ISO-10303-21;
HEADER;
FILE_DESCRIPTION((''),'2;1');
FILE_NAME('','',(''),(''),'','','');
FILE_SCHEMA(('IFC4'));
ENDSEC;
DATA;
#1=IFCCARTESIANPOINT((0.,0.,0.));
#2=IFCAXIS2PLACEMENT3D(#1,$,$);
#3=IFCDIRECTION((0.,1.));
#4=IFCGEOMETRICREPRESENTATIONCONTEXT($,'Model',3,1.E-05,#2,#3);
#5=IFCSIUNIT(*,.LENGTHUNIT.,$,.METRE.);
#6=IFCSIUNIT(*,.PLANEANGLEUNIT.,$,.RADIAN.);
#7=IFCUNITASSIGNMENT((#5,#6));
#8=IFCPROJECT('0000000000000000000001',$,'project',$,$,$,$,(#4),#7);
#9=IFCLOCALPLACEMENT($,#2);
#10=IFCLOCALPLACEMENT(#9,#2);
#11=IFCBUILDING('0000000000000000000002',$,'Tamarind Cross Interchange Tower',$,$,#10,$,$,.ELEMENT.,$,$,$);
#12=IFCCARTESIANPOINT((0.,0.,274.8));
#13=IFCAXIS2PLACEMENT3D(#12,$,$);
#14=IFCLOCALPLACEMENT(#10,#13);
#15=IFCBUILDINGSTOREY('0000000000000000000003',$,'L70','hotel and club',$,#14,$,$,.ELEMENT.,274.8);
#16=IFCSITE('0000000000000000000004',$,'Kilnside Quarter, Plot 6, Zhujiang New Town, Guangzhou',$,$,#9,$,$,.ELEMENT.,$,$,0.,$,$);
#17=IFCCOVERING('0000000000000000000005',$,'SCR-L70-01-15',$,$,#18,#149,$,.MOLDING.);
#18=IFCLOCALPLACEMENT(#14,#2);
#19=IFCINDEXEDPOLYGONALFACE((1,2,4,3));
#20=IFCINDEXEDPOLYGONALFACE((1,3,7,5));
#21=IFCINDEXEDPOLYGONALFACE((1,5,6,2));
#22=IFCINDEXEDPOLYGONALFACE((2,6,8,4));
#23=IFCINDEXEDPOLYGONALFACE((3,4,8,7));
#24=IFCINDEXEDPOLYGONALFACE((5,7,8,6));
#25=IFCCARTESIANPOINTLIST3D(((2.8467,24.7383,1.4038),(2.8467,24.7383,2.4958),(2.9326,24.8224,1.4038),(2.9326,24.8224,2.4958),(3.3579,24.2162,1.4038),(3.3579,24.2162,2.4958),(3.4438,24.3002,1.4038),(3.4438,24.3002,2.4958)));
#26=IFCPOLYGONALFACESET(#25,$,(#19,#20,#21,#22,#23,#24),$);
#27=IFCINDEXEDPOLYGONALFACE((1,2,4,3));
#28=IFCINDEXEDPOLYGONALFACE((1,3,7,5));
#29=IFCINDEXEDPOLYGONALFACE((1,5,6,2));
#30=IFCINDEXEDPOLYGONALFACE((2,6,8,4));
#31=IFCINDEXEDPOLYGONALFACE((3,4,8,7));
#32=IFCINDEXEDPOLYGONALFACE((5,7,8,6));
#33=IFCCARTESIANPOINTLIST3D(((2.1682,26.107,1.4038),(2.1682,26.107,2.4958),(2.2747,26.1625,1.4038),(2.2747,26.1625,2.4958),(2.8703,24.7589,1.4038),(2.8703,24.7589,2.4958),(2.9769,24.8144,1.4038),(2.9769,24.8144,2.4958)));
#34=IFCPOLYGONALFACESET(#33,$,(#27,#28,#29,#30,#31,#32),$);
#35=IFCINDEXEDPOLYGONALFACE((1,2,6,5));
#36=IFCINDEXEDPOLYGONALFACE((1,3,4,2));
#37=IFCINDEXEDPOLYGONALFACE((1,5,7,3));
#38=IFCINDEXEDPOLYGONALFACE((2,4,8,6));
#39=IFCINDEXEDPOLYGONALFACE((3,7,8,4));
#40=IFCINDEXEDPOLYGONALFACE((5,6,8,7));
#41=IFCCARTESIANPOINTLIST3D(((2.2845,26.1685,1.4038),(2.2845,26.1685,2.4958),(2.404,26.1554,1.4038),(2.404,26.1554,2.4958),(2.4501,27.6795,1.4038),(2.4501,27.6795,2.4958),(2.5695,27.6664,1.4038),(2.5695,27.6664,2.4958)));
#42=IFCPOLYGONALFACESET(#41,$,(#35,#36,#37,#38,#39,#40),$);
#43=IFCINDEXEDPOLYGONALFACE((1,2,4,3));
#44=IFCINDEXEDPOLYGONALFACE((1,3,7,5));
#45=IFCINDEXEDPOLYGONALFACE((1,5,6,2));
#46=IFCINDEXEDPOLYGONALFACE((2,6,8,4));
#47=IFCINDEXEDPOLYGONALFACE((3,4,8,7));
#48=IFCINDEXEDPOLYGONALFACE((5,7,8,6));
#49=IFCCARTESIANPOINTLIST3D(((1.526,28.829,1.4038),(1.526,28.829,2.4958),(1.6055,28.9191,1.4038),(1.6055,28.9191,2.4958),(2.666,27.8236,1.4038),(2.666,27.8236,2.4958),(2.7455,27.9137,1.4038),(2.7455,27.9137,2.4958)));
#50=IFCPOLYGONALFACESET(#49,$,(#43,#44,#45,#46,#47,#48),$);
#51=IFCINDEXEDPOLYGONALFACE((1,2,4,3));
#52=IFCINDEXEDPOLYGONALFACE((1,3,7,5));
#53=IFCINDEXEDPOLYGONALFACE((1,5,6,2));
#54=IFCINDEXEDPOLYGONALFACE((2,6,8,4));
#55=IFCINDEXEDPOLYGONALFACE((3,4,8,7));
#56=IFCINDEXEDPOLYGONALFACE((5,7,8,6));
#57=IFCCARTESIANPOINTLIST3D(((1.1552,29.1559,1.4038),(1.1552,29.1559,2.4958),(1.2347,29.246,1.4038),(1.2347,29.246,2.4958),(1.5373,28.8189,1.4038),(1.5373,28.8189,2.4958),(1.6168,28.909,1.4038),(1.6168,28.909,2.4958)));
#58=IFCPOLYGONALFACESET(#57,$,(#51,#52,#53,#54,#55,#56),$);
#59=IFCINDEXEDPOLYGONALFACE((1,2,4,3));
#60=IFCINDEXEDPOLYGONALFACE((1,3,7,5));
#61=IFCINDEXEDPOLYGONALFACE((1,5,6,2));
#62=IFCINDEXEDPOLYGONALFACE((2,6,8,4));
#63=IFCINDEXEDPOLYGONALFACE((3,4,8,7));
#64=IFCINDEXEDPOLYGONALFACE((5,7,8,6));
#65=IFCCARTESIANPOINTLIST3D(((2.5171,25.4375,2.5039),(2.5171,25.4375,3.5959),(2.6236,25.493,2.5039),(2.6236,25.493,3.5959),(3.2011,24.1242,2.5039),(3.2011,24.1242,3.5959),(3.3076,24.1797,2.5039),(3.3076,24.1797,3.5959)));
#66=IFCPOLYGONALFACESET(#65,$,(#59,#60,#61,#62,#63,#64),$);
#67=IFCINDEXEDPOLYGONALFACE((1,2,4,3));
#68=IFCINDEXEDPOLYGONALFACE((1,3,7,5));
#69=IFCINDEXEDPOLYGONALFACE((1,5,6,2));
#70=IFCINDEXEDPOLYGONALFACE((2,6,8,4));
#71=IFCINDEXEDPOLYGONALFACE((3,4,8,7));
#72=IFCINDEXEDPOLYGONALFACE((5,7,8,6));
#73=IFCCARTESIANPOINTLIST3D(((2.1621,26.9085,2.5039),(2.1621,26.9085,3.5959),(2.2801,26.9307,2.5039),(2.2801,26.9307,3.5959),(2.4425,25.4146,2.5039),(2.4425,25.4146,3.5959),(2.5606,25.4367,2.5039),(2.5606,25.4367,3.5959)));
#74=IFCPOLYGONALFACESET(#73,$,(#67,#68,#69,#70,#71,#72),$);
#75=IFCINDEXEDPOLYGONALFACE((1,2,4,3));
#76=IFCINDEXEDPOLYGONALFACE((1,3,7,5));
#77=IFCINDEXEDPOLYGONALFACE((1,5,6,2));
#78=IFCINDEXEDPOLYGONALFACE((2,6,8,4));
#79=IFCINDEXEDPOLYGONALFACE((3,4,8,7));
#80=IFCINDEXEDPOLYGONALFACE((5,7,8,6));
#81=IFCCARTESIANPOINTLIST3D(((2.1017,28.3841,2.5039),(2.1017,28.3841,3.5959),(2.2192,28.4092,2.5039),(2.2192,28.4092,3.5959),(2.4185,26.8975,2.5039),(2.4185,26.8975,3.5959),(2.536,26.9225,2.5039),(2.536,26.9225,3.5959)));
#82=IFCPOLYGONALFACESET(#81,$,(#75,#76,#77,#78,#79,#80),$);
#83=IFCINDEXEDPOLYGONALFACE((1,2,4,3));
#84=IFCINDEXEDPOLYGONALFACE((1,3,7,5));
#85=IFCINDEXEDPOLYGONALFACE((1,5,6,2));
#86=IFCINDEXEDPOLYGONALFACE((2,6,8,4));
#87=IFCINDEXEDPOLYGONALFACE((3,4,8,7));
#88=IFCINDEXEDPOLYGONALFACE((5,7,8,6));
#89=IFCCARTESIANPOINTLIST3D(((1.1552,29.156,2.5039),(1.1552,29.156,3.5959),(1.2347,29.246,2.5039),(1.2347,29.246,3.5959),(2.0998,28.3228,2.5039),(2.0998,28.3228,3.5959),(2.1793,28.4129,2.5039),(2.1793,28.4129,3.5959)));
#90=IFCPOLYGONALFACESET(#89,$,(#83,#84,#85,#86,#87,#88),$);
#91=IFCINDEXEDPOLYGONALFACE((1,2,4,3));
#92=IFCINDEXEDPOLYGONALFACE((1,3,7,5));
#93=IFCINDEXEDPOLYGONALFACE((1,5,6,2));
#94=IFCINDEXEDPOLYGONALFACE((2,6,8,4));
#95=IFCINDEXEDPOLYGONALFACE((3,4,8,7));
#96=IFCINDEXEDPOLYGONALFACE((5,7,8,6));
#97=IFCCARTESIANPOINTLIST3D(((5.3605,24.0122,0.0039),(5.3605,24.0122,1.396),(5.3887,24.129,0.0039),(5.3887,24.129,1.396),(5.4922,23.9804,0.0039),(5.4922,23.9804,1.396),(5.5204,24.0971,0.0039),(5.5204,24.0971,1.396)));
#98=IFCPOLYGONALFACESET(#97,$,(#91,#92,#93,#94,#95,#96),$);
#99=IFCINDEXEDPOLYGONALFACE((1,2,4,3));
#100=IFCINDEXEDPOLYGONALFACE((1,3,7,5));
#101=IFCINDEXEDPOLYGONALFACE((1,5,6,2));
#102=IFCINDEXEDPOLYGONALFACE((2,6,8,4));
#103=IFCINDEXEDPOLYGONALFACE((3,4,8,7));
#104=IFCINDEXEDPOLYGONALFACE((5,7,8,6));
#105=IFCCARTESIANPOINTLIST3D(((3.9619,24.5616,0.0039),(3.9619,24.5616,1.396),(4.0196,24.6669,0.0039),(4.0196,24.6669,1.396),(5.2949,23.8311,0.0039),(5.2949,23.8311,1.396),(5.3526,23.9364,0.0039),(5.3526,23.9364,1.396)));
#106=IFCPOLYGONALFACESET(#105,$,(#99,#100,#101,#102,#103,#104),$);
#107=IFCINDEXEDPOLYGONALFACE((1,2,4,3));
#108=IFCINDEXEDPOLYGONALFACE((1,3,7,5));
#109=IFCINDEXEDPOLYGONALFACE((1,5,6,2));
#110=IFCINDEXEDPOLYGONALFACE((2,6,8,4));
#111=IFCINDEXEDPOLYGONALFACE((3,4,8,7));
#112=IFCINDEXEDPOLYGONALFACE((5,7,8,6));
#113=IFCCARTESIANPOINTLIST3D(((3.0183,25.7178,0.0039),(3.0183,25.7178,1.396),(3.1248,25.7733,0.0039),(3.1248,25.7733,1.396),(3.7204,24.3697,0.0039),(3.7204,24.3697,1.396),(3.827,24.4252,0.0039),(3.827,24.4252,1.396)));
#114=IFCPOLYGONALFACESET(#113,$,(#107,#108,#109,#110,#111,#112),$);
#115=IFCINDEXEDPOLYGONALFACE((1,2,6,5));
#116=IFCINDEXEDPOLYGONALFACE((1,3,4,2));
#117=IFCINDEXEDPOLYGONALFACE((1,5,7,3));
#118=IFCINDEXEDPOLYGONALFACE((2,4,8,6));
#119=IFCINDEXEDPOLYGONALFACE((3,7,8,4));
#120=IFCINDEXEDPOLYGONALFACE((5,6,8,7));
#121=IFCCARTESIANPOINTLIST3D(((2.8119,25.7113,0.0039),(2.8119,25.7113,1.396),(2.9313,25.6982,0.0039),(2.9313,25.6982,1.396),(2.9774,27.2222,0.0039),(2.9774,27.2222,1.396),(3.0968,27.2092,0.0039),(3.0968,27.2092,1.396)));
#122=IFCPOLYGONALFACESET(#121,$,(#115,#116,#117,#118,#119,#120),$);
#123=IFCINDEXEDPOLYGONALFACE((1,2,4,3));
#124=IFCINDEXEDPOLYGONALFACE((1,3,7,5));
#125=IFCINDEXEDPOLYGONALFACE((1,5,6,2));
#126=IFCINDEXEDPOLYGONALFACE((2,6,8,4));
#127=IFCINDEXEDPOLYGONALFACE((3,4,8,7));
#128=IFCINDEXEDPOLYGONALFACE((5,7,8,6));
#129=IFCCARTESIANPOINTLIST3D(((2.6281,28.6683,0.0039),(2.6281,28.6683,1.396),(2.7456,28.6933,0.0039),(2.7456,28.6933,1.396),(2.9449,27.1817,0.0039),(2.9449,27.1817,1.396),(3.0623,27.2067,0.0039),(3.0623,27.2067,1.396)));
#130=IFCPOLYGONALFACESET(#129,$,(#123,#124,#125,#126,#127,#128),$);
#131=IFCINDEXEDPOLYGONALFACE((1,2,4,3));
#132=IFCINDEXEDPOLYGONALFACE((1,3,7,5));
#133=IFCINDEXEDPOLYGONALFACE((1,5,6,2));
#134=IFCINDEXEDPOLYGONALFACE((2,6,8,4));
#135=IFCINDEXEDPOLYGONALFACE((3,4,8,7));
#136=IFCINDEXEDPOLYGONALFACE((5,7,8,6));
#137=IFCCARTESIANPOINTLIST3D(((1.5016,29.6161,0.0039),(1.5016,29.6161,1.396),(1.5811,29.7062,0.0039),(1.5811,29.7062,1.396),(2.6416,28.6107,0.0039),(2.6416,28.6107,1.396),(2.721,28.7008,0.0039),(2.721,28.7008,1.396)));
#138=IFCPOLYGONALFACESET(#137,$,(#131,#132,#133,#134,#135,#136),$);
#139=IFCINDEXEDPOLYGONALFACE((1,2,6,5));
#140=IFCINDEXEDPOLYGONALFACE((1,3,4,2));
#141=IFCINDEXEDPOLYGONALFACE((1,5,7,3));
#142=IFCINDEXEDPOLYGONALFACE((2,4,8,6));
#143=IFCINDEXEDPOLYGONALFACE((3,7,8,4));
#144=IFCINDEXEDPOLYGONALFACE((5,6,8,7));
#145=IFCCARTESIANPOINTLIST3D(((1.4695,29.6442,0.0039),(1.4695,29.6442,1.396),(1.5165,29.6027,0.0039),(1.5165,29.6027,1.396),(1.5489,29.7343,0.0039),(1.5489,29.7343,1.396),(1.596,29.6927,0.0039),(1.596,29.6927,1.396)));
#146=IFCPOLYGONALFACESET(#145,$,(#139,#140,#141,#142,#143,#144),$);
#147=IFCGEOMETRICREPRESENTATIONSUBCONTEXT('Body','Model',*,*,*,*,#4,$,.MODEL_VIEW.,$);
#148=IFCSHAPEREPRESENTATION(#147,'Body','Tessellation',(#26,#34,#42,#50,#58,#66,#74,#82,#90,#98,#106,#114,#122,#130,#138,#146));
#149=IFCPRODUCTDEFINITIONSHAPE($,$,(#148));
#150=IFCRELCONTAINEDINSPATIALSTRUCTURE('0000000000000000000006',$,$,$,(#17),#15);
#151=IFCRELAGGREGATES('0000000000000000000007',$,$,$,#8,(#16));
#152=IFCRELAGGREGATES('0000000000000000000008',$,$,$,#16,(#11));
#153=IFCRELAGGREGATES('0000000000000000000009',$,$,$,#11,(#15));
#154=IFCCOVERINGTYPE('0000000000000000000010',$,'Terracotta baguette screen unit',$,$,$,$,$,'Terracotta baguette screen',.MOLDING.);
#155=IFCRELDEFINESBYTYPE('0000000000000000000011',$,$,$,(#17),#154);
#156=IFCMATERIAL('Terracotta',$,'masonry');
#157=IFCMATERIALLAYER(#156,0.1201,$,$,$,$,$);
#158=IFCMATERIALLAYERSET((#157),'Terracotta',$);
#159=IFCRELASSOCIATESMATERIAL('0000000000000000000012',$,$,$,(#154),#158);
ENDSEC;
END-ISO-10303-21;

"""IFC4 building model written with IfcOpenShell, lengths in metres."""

from ifc_helpers import new_model, si_unit, direction, frame, origin, origin_2d, place, context, subcontext, project, spatial, rectangle, extrude, material, layer, layer_set, type_object, element, save


model = new_model("IFC4")

# Units and contexts
model_context = context("Model", 3, precision=1e-05, world=origin(), true_north=direction((0.0, 1.0)))
body_context = subcontext(model_context, "Body", "Model", "MODEL_VIEW")
ifc_project = project(units=[si_unit("LENGTHUNIT", "METRE"), si_unit("PLANEANGLEUNIT", "RADIAN")], contexts=[model_context])

# Site, building, storey
site_placement = place(None, origin())
site = spatial("IfcSite", under=ifc_project, at=site_placement, Name="Kilnside Quarter, Plot 6, Zhujiang New Town, Guangzhou", CompositionType="ELEMENT", RefElevation=0.0)
building_placement = place(site_placement, origin())
building = spatial("IfcBuilding", under=site, at=building_placement, Name="Tamarind Cross Interchange Tower", CompositionType="ELEMENT")
storey_placement = place(building_placement, frame((0.0, 0.0, 274.8)))
storey = spatial("IfcBuildingStorey", under=building, at=storey_placement, Name="L70", Description="hotel and club", CompositionType="ELEMENT", Elevation=274.8)

# Covering
ifc_material_1 = material(Name="Terracotta", Category="masonry")
ifc_layer_1 = layer(ifc_material_1, 0.1201)
ifc_layer_set_1 = layer_set([ifc_layer_1], Name="Terracotta")
covering_type = type_object("IfcCoveringType", Name="Terracotta baguette screen unit", ElementType="Terracotta baguette screen", PredefinedType="MOLDING", material=ifc_layer_set_1)
covering_1_placement = place(storey_placement, origin())
element("IfcCovering", 1, at=covering_1_placement, inside=storey, type_object=covering_type, Name="SCR-L70-01-15", PredefinedType="MOLDING", context=body_context, shape_type="SweptSolid", body=[
    extrude(rectangle(XDim=0.7307, YDim=0.1201, at=origin_2d()), frame((3.1453, 24.5193, 1.4038), z_axis=(0.0, 0.0, 1.0), x_axis=(-0.699593, 0.714542, 0.0)), (0.0, 0.0, 1.0), 1.092),
    extrude(rectangle(XDim=1.52, YDim=0.1201, at=origin_2d()), frame((2.5725, 25.4607, 1.4038), z_axis=(0.0, 0.0, 1.0), x_axis=(-0.461943, 0.88691, 0.0)), (0.0, 0.0, 1.0), 1.092),
    extrude(rectangle(XDim=1.52, YDim=0.1201, at=origin_2d()), frame((2.427, 26.9175, 1.4038), z_axis=(0.0, 0.0, 1.0), x_axis=(0.108885, 0.994054, 0.0)), (0.0, 0.0, 1.0), 1.092),
    extrude(rectangle(XDim=1.52, YDim=0.1201, at=origin_2d()), frame((2.1357, 28.3713, 1.4038), z_axis=(0.0, 0.0, 1.0), x_axis=(-0.749968, 0.661474, 0.0)), (0.0, 0.0, 1.0), 1.092),
    extrude(rectangle(XDim=0.5095, YDim=0.1201, at=origin_2d()), frame((1.386, 29.0325, 1.4038), z_axis=(0.0, 0.0, 1.0), x_axis=(-0.749968, 0.661474, 0.0)), (0.0, 0.0, 1.0), 1.092),
    extrude(rectangle(XDim=1.4807, YDim=0.1201, at=origin_2d()), frame((2.9124, 24.8086, 2.5039), z_axis=(0.0, 0.0, 1.0), x_axis=(-0.461943, 0.88691, 0.0)), (0.0, 0.0, 1.0), 1.092),
    extrude(rectangle(XDim=1.52, YDim=0.1201, at=origin_2d()), frame((2.3613, 26.1726, 2.5039), z_axis=(0.0, 0.0, 1.0), x_axis=(-0.184479, 0.982836, 0.0)), (0.0, 0.0, 1.0), 1.092),
    extrude(rectangle(XDim=1.52, YDim=0.1201, at=origin_2d()), frame((2.3188, 27.6533, 2.5039), z_axis=(0.0, 0.0, 1.0), x_axis=(-0.208399, 0.978044, 0.0)), (0.0, 0.0, 1.0), 1.092),
    extrude(rectangle(XDim=1.2595, YDim=0.1201, at=origin_2d()), frame((1.6672, 28.7844, 2.5039), z_axis=(0.0, 0.0, 1.0), x_axis=(-0.749968, 0.661474, 0.0)), (0.0, 0.0, 1.0), 1.092),
    extrude(rectangle(XDim=0.1355, YDim=0.1201, at=origin_2d()), frame((5.4404, 24.0547, 0.0039), z_axis=(0.0, 0.0, 1.0), x_axis=(-0.971966, 0.235119, 0.0)), (0.0, 0.0, 1.0), 1.3921),
    extrude(rectangle(XDim=1.52, YDim=0.1201, at=origin_2d()), frame((4.6572, 24.249, 0.0039), z_axis=(0.0, 0.0, 1.0), x_axis=(-0.876946, 0.480589, 0.0)), (0.0, 0.0, 1.0), 1.3921),
    extrude(rectangle(XDim=1.52, YDim=0.1201, at=origin_2d()), frame((3.4226, 25.0715, 0.0039), z_axis=(0.0, 0.0, 1.0), x_axis=(-0.461943, 0.88691, 0.0)), (0.0, 0.0, 1.0), 1.3921),
    extrude(rectangle(XDim=1.52, YDim=0.1201, at=origin_2d()), frame((2.9543, 26.4602, 0.0039), z_axis=(0.0, 0.0, 1.0), x_axis=(0.108885, 0.994054, 0.0)), (0.0, 0.0, 1.0), 1.3921),
    extrude(rectangle(XDim=1.52, YDim=0.1201, at=origin_2d()), frame((2.8452, 27.9375, 0.0039), z_axis=(0.0, 0.0, 1.0), x_axis=(-0.208399, 0.978044, 0.0)), (0.0, 0.0, 1.0), 1.3921),
    extrude(rectangle(XDim=1.52, YDim=0.1201, at=origin_2d()), frame((2.1113, 29.1584, 0.0039), z_axis=(0.0, 0.0, 1.0), x_axis=(-0.749968, 0.661474, 0.0)), (0.0, 0.0, 1.0), 1.3921),
    extrude(rectangle(XDim=0.0627, YDim=0.1201, at=origin_2d()), frame((1.5327, 29.6685, 0.0039), z_axis=(0.0, 0.0, 1.0), x_axis=(-0.749968, 0.661474, 0.0)), (0.0, 0.0, 1.0), 1.3921),
])

save(model, "model.ifc")
